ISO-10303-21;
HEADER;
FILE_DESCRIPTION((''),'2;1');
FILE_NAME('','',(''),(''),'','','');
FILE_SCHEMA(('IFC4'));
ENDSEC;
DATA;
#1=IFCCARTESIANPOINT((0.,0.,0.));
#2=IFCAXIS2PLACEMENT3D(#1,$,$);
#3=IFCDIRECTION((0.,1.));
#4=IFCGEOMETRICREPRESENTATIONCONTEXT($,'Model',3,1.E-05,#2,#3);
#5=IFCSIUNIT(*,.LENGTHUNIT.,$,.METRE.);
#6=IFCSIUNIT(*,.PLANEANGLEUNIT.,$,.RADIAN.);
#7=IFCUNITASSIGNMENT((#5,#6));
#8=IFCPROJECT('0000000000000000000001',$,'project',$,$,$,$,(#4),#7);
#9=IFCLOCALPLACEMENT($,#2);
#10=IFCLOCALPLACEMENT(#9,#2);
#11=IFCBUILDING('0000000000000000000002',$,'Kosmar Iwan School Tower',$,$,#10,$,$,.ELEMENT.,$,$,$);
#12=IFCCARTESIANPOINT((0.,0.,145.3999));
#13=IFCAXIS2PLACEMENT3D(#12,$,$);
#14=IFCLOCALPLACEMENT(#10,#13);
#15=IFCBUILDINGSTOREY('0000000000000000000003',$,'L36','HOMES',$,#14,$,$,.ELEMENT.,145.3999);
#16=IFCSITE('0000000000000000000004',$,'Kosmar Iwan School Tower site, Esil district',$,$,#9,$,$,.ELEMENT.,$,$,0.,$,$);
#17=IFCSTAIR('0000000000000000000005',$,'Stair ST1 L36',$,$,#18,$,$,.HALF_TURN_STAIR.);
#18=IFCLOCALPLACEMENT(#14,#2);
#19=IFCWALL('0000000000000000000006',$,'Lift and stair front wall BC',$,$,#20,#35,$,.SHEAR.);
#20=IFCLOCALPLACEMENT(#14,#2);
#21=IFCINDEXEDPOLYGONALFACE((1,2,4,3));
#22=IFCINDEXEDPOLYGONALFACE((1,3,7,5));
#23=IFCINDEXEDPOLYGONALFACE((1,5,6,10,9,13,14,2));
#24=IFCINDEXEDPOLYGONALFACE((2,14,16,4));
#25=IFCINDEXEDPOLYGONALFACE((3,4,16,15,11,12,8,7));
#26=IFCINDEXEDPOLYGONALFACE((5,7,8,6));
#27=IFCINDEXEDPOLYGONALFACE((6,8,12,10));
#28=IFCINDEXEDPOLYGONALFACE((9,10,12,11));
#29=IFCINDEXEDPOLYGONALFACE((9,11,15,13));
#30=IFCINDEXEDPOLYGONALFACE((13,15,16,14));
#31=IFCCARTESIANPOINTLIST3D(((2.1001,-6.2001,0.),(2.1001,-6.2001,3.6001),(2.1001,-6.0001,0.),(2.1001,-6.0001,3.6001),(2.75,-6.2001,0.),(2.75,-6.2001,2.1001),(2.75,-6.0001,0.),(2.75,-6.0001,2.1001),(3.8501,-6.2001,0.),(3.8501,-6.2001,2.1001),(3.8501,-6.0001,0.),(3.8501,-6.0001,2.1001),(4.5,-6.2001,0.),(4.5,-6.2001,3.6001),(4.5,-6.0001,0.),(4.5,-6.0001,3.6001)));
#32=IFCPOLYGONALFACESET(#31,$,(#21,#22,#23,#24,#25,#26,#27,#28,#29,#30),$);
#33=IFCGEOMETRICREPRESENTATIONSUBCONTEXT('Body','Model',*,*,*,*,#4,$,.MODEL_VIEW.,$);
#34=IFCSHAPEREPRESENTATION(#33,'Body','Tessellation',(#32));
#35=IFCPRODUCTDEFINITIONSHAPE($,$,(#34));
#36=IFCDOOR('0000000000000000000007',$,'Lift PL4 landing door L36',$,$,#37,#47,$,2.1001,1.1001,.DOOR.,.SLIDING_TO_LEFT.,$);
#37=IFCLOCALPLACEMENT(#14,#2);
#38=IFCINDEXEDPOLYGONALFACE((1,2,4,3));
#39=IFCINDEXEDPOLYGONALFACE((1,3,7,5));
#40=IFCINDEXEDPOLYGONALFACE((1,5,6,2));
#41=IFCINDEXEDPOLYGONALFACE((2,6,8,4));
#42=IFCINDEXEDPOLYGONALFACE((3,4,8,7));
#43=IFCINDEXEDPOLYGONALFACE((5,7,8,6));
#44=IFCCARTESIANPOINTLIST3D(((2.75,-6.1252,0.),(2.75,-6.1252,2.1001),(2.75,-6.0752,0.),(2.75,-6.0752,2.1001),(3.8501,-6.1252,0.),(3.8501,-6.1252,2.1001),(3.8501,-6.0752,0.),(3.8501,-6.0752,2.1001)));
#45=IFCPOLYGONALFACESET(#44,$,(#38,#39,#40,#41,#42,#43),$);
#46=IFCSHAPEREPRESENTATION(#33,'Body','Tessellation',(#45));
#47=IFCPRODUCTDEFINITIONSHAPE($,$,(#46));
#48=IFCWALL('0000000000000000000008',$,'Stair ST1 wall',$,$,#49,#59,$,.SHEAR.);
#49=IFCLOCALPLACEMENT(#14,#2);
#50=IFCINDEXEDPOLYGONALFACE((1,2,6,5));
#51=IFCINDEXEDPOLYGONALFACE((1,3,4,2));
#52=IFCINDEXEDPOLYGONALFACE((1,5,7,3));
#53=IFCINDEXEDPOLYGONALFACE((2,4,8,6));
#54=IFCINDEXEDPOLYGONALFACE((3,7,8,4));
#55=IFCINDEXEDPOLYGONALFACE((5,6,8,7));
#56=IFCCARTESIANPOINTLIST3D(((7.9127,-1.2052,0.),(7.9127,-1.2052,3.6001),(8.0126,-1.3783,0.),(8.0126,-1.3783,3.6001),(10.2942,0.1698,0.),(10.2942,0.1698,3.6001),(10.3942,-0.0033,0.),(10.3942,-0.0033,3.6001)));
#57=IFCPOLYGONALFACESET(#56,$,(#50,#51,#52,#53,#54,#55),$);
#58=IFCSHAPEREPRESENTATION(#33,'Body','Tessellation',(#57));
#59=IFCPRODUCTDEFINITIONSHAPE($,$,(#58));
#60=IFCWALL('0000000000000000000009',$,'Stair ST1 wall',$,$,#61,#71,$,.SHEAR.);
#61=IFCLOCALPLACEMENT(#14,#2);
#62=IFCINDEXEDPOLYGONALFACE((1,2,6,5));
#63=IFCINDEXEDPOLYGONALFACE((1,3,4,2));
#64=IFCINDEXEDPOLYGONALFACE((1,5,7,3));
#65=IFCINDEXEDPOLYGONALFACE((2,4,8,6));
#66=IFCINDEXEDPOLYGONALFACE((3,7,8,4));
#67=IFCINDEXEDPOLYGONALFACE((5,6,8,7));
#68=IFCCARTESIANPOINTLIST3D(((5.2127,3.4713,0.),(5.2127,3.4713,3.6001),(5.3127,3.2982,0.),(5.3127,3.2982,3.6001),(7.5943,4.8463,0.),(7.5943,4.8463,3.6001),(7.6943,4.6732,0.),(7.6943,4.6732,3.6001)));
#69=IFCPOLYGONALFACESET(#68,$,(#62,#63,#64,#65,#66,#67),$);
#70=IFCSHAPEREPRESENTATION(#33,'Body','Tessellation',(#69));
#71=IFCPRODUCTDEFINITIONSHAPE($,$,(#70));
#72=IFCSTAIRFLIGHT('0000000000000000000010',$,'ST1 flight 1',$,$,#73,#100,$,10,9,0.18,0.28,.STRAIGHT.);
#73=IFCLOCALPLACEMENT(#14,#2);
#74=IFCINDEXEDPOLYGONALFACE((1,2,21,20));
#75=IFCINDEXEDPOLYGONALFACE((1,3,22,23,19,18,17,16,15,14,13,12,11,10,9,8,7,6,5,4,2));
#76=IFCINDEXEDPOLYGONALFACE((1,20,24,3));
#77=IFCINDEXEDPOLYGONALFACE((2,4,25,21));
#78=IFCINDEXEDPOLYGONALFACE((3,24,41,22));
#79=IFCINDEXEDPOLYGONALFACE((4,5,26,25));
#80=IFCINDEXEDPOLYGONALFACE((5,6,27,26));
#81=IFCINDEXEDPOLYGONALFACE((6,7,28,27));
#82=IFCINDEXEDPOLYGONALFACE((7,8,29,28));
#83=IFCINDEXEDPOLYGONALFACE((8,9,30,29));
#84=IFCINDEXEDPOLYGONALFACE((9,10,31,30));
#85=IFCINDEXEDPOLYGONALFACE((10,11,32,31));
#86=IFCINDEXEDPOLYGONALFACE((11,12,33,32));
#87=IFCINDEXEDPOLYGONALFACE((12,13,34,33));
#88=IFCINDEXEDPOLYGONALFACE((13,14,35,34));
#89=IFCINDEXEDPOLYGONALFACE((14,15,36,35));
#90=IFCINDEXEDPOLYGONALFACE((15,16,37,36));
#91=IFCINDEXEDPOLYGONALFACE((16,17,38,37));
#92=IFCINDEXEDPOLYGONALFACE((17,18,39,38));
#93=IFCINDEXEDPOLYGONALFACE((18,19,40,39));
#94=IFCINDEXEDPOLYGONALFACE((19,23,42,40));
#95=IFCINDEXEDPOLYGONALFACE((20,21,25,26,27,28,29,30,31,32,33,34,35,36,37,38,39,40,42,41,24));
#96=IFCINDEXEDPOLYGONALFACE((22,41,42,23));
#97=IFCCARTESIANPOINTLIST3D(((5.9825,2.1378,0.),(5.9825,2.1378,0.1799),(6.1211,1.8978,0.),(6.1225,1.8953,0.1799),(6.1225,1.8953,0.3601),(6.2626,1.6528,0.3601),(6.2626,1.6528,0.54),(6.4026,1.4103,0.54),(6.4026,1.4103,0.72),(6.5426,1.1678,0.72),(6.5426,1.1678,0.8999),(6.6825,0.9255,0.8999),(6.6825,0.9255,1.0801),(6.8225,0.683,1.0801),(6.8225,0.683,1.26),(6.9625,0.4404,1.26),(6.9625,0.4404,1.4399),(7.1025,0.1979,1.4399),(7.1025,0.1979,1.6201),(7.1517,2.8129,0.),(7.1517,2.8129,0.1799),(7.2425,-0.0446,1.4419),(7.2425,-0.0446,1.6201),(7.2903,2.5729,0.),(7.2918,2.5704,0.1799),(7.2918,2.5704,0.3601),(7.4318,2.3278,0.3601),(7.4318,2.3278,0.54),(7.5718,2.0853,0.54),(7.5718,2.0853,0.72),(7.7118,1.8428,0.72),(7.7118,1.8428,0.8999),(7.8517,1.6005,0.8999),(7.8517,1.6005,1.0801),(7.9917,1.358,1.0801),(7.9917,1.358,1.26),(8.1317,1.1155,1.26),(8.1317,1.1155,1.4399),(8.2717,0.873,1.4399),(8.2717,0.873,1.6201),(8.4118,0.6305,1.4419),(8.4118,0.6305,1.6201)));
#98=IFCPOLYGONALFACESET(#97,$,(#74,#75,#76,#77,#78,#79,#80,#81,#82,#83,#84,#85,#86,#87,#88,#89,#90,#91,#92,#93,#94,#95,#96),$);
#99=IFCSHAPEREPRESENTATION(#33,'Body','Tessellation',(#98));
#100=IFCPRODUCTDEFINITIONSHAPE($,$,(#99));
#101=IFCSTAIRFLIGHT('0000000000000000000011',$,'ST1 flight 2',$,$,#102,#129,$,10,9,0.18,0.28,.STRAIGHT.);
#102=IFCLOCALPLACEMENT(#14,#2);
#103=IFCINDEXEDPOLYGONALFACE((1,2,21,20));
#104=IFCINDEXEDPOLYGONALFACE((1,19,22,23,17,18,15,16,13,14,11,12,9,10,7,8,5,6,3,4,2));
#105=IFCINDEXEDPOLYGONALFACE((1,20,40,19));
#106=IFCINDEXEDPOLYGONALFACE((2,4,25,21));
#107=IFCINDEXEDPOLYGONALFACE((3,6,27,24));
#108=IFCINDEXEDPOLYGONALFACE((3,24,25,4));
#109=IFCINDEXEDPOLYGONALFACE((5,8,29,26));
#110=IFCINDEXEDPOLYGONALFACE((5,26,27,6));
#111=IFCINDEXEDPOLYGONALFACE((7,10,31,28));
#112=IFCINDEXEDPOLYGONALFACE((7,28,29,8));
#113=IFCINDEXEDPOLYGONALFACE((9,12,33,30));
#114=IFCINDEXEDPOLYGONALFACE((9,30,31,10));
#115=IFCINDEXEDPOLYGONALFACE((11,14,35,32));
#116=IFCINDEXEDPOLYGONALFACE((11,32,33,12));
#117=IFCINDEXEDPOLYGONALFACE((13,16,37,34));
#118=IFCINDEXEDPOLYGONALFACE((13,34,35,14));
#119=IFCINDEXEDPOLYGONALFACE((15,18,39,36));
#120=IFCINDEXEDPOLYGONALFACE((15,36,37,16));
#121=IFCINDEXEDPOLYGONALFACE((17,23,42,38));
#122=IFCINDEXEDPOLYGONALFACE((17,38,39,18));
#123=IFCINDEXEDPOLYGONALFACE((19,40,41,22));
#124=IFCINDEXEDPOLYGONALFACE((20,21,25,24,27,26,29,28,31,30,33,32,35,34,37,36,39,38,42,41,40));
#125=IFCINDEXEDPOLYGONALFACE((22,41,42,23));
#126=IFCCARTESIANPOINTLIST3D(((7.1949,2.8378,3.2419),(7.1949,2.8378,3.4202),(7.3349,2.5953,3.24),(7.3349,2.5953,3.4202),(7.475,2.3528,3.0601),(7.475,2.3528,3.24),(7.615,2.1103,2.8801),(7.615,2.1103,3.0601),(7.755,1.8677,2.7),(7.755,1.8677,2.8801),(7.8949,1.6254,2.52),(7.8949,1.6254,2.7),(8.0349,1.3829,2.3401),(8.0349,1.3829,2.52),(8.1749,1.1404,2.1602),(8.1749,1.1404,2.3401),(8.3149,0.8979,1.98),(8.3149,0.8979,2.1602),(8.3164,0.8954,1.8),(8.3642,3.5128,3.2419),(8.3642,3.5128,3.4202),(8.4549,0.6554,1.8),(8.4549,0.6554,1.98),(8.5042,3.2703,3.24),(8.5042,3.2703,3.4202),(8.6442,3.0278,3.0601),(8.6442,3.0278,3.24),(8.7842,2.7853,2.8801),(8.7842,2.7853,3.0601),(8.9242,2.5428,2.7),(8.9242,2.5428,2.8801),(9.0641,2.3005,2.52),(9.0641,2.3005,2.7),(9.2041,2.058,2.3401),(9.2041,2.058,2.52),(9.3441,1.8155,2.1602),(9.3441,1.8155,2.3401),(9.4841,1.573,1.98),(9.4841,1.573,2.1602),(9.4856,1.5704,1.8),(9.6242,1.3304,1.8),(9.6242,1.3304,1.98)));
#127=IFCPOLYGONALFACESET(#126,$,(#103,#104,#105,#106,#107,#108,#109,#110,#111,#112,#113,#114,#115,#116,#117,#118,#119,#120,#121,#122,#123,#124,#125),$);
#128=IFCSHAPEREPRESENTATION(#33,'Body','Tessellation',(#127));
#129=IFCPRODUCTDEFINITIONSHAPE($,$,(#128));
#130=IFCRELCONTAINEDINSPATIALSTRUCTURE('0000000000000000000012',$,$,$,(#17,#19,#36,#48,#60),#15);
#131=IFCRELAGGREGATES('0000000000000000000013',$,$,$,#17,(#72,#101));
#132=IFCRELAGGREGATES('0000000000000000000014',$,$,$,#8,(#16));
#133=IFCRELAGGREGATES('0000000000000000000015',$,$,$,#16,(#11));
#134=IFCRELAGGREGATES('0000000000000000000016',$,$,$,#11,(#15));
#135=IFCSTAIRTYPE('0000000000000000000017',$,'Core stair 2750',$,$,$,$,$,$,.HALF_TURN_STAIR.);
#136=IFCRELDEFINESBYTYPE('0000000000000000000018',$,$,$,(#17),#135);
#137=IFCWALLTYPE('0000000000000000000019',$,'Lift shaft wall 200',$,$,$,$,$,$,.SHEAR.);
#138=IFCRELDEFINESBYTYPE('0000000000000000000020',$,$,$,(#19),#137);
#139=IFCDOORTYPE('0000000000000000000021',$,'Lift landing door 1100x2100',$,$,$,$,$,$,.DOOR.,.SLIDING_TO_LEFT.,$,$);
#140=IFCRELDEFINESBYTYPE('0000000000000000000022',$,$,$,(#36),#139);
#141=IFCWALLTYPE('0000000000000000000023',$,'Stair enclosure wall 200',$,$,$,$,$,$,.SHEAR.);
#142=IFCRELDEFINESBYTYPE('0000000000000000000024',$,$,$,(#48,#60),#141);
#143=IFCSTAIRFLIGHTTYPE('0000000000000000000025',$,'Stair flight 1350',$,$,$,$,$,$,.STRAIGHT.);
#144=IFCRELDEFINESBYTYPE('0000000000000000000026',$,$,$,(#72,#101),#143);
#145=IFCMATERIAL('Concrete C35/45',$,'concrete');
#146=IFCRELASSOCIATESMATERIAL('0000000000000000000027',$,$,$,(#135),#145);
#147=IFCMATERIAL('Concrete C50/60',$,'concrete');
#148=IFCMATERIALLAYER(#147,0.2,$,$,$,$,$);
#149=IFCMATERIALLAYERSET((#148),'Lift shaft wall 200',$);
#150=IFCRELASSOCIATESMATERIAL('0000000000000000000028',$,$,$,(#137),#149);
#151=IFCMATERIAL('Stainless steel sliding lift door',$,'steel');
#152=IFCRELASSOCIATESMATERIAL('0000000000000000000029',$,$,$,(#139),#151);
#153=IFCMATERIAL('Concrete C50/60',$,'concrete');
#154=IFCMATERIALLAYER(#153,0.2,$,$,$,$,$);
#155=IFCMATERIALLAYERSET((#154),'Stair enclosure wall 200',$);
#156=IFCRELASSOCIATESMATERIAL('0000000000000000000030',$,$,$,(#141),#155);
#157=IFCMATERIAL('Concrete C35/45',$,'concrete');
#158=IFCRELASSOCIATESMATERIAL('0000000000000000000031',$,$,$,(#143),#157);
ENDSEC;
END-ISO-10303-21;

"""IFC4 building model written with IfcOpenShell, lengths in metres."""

from ifc_helpers import new_model, si_unit, direction, frame, frame_2d, origin, place, context, subcontext, project, spatial, polyline, rectangle, outline, extrude, material, layer, layer_set, type_object, element, fill, aggregate, save


model = new_model("IFC4")

# Units and contexts
model_context = context("Model", 3, precision=1e-05, world=origin(), true_north=direction((0.0, 1.0)))
body_context = subcontext(model_context, "Body", "Model", "MODEL_VIEW")
ifc_project = project(units=[si_unit("LENGTHUNIT", "METRE"), si_unit("PLANEANGLEUNIT", "RADIAN")], contexts=[model_context])

# Site, building, storey
site_placement = place(None, origin())
site = spatial("IfcSite", under=ifc_project, at=site_placement, Name="Kosmar Iwan School Tower site, Esil district", CompositionType="ELEMENT", RefElevation=0.0)
building_placement = place(site_placement, origin())
building = spatial("IfcBuilding", under=site, at=building_placement, Name="Kosmar Iwan School Tower", CompositionType="ELEMENT")
storey_placement = place(building_placement, frame((0.0, 0.0, 145.3999)))
storey = spatial("IfcBuildingStorey", under=building, at=storey_placement, Name="L36", Description="HOMES", CompositionType="ELEMENT", Elevation=145.3999)

# Stair
ifc_material_1 = material(Name="Concrete C35/45", Category="concrete")
stair_type_1 = type_object("IfcStairType", Name="Core stair 2750", PredefinedType="HALF_TURN_STAIR", material=ifc_material_1)
stair_1_placement = place(storey_placement, origin())
stair_1 = element("IfcStair", 1, at=stair_1_placement, inside=storey, type_object=stair_type_1, Name="Stair ST1 L36", PredefinedType="HALF_TURN_STAIR")

# Shared definitions
ifc_material_2 = material(Name="Concrete C50/60", Category="concrete")
ifc_layer_1 = layer(ifc_material_2, 0.2)
ifc_layer_set_1 = layer_set([ifc_layer_1], Name="Lift shaft wall 200")
wall_type_1 = type_object("IfcWallType", Name="Lift shaft wall 200", PredefinedType="SHEAR", material=ifc_layer_set_1)

# Wall, opening, door
wall_1_placement = place(storey_placement, frame((2.1001, -6.1001, 0.0), z_axis=(0.0, 0.0, 1.0), x_axis=(1.0, 0.0, 0.0)))
wall_1 = element("IfcWall", 2, at=wall_1_placement, inside=storey, type_object=wall_type_1, Name="Lift and stair front wall BC", PredefinedType="SHEAR", context=body_context, shape_type="SweptSolid", body=[
    extrude(rectangle(XDim=2.3999, YDim=0.2, at=frame_2d((1.2, 0.0))), origin(), (0.0, 0.0, 1.0), 3.6001),
])
opening_1_placement = place(wall_1_placement, frame((0.6499, 0.0, 0.0)))
opening_1 = element("IfcOpeningElement", 3, at=opening_1_placement, cuts=wall_1, PredefinedType="OPENING", context=body_context, shape_type="SweptSolid", body=[
    extrude(rectangle(XDim=1.1001, YDim=2.1001, at=frame_2d((0.55, 1.05))), frame((0.0, 0.1121, 0.0), z_axis=(0.0, -1.0, 0.0), x_axis=(1.0, 0.0, 0.0)), (0.0, 0.0, 1.0), 0.2239),
])
ifc_material_3 = material(Name="Stainless steel sliding lift door", Category="steel")
door_type_1 = type_object("IfcDoorType", Name="Lift landing door 1100x2100", OperationType="SLIDING_TO_LEFT", PredefinedType="DOOR", material=ifc_material_3)
door_1_placement = place(opening_1_placement, origin())
door_1 = element("IfcDoor", 4, at=door_1_placement, inside=storey, type_object=door_type_1, Name="Lift PL4 landing door L36", OperationType="SLIDING_TO_LEFT", OverallHeight=2.1001, OverallWidth=1.1001, PredefinedType="DOOR", context=body_context, shape_type="SweptSolid", body=[
    extrude(rectangle(XDim=1.1001, YDim=2.1001, at=frame_2d((0.55, 1.05))), frame((0.0, 0.0249, 0.0), z_axis=(0.0, -1.0, 0.0), x_axis=(1.0, 0.0, 0.0)), (0.0, 0.0, 1.0), 0.05),
])
fill(opening_1, door_1)

# Walls
ifc_material_4 = material(Name="Concrete C50/60", Category="concrete")
ifc_layer_2 = layer(ifc_material_4, 0.2)
ifc_layer_set_2 = layer_set([ifc_layer_2], Name="Stair enclosure wall 200")
wall_type_2 = type_object("IfcWallType", Name="Stair enclosure wall 200", PredefinedType="SHEAR", material=ifc_layer_set_2)
for number, where, z_axis, x_axis, name in (
    (5, (7.9626, -1.2917, 0.0), (0.0, 0.0, 1.0), (0.866027, 0.499997, 0.0), "Stair ST1 wall"),
    (6, (5.2627, 3.3848, 0.0), (0.0, 0.0, 1.0), (0.866027, 0.499997, 0.0), "Stair ST1 wall"),
):
    element("IfcWall", number, at=place(storey_placement, frame(where, z_axis=z_axis, x_axis=x_axis)), inside=storey, type_object=wall_type_2, Name=name, PredefinedType="SHEAR", context=body_context, shape_type="SweptSolid", body=[
        extrude(rectangle(XDim=2.75, YDim=0.2, at=frame_2d((1.375, 0.0))), origin(), (0.0, 0.0, 1.0), 3.6001),
    ])

# Stair flights
ifc_material_5 = material(Name="Concrete C35/45", Category="concrete")
stair_flight_type = type_object("IfcStairFlightType", Name="Stair flight 1350", PredefinedType="STRAIGHT", material=ifc_material_5)
stair_flight_1_placement = place(storey_placement, frame((6.5671, 2.4753, 0.0), z_axis=(0.0, 0.0, 1.0), x_axis=(0.5, -0.866025, 0.0)))
stair_flight_1 = element("IfcStairFlight", 7, at=stair_flight_1_placement, type_object=stair_flight_type, Name="ST1 flight 1", NumberOfRisers=10, NumberOfTreads=9, PredefinedType="STRAIGHT", RiserHeight=0.18, TreadLength=0.28, context=body_context, shape_type="SweptSolid", body=[
    extrude(outline(polyline([(0.0, 0.0), (0.0, 0.1799), (0.28, 0.1799), (0.28, 0.3601), (0.5601, 0.3601), (0.5601, 0.54), (0.8401, 0.54), (0.8401, 0.72), (1.1201, 0.72), (1.1201, 0.8999), (1.3999, 0.8999), (1.3999, 1.0801), (1.6799, 1.0801), (1.6799, 1.26), (1.96, 1.26), (1.96, 1.4399), (2.24, 1.4399), (2.24, 1.6201), (2.52, 1.6201), (2.52, 1.8), (2.52, 1.4419), (0.2771, 0.0), (0.0, 0.0)])), frame((0.0, 0.675, 0.0), z_axis=(0.0, -1.0, 0.0), x_axis=(1.0, 0.0, 0.0)), (0.0, 0.0, 1.0), 1.3501),
])
stair_flight_2_placement = place(storey_placement, frame((9.0396, 0.9929, 1.8), z_axis=(0.0, 0.0, 1.0), x_axis=(-0.5, 0.866025, 0.0)))
stair_flight_2 = element("IfcStairFlight", 8, at=stair_flight_2_placement, type_object=stair_flight_type, Name="ST1 flight 2", NumberOfRisers=10, NumberOfTreads=9, PredefinedType="STRAIGHT", RiserHeight=0.18, TreadLength=0.28, context=body_context, shape_type="SweptSolid", body=[
    extrude(outline(polyline([(0.0, 0.0), (0.0, 0.1799), (0.28, 0.1799), (0.28, 0.3601), (0.5601, 0.3601), (0.5601, 0.54), (0.8401, 0.54), (0.8401, 0.72), (1.1201, 0.72), (1.1201, 0.8999), (1.3999, 0.8999), (1.3999, 1.0801), (1.6799, 1.0801), (1.6799, 1.26), (1.96, 1.26), (1.96, 1.4399), (2.24, 1.4399), (2.24, 1.6201), (2.52, 1.6201), (2.52, 1.8), (2.52, 1.4419), (0.2771, 0.0), (0.0, 0.0)])), frame((0.0, 0.675, 0.0), z_axis=(0.0, -1.0, 0.0), x_axis=(1.0, 0.0, 0.0)), (0.0, 0.0, 1.0), 1.3501),
])
aggregate(stair_1, [stair_flight_1, stair_flight_2])

save(model, "model.ifc")
